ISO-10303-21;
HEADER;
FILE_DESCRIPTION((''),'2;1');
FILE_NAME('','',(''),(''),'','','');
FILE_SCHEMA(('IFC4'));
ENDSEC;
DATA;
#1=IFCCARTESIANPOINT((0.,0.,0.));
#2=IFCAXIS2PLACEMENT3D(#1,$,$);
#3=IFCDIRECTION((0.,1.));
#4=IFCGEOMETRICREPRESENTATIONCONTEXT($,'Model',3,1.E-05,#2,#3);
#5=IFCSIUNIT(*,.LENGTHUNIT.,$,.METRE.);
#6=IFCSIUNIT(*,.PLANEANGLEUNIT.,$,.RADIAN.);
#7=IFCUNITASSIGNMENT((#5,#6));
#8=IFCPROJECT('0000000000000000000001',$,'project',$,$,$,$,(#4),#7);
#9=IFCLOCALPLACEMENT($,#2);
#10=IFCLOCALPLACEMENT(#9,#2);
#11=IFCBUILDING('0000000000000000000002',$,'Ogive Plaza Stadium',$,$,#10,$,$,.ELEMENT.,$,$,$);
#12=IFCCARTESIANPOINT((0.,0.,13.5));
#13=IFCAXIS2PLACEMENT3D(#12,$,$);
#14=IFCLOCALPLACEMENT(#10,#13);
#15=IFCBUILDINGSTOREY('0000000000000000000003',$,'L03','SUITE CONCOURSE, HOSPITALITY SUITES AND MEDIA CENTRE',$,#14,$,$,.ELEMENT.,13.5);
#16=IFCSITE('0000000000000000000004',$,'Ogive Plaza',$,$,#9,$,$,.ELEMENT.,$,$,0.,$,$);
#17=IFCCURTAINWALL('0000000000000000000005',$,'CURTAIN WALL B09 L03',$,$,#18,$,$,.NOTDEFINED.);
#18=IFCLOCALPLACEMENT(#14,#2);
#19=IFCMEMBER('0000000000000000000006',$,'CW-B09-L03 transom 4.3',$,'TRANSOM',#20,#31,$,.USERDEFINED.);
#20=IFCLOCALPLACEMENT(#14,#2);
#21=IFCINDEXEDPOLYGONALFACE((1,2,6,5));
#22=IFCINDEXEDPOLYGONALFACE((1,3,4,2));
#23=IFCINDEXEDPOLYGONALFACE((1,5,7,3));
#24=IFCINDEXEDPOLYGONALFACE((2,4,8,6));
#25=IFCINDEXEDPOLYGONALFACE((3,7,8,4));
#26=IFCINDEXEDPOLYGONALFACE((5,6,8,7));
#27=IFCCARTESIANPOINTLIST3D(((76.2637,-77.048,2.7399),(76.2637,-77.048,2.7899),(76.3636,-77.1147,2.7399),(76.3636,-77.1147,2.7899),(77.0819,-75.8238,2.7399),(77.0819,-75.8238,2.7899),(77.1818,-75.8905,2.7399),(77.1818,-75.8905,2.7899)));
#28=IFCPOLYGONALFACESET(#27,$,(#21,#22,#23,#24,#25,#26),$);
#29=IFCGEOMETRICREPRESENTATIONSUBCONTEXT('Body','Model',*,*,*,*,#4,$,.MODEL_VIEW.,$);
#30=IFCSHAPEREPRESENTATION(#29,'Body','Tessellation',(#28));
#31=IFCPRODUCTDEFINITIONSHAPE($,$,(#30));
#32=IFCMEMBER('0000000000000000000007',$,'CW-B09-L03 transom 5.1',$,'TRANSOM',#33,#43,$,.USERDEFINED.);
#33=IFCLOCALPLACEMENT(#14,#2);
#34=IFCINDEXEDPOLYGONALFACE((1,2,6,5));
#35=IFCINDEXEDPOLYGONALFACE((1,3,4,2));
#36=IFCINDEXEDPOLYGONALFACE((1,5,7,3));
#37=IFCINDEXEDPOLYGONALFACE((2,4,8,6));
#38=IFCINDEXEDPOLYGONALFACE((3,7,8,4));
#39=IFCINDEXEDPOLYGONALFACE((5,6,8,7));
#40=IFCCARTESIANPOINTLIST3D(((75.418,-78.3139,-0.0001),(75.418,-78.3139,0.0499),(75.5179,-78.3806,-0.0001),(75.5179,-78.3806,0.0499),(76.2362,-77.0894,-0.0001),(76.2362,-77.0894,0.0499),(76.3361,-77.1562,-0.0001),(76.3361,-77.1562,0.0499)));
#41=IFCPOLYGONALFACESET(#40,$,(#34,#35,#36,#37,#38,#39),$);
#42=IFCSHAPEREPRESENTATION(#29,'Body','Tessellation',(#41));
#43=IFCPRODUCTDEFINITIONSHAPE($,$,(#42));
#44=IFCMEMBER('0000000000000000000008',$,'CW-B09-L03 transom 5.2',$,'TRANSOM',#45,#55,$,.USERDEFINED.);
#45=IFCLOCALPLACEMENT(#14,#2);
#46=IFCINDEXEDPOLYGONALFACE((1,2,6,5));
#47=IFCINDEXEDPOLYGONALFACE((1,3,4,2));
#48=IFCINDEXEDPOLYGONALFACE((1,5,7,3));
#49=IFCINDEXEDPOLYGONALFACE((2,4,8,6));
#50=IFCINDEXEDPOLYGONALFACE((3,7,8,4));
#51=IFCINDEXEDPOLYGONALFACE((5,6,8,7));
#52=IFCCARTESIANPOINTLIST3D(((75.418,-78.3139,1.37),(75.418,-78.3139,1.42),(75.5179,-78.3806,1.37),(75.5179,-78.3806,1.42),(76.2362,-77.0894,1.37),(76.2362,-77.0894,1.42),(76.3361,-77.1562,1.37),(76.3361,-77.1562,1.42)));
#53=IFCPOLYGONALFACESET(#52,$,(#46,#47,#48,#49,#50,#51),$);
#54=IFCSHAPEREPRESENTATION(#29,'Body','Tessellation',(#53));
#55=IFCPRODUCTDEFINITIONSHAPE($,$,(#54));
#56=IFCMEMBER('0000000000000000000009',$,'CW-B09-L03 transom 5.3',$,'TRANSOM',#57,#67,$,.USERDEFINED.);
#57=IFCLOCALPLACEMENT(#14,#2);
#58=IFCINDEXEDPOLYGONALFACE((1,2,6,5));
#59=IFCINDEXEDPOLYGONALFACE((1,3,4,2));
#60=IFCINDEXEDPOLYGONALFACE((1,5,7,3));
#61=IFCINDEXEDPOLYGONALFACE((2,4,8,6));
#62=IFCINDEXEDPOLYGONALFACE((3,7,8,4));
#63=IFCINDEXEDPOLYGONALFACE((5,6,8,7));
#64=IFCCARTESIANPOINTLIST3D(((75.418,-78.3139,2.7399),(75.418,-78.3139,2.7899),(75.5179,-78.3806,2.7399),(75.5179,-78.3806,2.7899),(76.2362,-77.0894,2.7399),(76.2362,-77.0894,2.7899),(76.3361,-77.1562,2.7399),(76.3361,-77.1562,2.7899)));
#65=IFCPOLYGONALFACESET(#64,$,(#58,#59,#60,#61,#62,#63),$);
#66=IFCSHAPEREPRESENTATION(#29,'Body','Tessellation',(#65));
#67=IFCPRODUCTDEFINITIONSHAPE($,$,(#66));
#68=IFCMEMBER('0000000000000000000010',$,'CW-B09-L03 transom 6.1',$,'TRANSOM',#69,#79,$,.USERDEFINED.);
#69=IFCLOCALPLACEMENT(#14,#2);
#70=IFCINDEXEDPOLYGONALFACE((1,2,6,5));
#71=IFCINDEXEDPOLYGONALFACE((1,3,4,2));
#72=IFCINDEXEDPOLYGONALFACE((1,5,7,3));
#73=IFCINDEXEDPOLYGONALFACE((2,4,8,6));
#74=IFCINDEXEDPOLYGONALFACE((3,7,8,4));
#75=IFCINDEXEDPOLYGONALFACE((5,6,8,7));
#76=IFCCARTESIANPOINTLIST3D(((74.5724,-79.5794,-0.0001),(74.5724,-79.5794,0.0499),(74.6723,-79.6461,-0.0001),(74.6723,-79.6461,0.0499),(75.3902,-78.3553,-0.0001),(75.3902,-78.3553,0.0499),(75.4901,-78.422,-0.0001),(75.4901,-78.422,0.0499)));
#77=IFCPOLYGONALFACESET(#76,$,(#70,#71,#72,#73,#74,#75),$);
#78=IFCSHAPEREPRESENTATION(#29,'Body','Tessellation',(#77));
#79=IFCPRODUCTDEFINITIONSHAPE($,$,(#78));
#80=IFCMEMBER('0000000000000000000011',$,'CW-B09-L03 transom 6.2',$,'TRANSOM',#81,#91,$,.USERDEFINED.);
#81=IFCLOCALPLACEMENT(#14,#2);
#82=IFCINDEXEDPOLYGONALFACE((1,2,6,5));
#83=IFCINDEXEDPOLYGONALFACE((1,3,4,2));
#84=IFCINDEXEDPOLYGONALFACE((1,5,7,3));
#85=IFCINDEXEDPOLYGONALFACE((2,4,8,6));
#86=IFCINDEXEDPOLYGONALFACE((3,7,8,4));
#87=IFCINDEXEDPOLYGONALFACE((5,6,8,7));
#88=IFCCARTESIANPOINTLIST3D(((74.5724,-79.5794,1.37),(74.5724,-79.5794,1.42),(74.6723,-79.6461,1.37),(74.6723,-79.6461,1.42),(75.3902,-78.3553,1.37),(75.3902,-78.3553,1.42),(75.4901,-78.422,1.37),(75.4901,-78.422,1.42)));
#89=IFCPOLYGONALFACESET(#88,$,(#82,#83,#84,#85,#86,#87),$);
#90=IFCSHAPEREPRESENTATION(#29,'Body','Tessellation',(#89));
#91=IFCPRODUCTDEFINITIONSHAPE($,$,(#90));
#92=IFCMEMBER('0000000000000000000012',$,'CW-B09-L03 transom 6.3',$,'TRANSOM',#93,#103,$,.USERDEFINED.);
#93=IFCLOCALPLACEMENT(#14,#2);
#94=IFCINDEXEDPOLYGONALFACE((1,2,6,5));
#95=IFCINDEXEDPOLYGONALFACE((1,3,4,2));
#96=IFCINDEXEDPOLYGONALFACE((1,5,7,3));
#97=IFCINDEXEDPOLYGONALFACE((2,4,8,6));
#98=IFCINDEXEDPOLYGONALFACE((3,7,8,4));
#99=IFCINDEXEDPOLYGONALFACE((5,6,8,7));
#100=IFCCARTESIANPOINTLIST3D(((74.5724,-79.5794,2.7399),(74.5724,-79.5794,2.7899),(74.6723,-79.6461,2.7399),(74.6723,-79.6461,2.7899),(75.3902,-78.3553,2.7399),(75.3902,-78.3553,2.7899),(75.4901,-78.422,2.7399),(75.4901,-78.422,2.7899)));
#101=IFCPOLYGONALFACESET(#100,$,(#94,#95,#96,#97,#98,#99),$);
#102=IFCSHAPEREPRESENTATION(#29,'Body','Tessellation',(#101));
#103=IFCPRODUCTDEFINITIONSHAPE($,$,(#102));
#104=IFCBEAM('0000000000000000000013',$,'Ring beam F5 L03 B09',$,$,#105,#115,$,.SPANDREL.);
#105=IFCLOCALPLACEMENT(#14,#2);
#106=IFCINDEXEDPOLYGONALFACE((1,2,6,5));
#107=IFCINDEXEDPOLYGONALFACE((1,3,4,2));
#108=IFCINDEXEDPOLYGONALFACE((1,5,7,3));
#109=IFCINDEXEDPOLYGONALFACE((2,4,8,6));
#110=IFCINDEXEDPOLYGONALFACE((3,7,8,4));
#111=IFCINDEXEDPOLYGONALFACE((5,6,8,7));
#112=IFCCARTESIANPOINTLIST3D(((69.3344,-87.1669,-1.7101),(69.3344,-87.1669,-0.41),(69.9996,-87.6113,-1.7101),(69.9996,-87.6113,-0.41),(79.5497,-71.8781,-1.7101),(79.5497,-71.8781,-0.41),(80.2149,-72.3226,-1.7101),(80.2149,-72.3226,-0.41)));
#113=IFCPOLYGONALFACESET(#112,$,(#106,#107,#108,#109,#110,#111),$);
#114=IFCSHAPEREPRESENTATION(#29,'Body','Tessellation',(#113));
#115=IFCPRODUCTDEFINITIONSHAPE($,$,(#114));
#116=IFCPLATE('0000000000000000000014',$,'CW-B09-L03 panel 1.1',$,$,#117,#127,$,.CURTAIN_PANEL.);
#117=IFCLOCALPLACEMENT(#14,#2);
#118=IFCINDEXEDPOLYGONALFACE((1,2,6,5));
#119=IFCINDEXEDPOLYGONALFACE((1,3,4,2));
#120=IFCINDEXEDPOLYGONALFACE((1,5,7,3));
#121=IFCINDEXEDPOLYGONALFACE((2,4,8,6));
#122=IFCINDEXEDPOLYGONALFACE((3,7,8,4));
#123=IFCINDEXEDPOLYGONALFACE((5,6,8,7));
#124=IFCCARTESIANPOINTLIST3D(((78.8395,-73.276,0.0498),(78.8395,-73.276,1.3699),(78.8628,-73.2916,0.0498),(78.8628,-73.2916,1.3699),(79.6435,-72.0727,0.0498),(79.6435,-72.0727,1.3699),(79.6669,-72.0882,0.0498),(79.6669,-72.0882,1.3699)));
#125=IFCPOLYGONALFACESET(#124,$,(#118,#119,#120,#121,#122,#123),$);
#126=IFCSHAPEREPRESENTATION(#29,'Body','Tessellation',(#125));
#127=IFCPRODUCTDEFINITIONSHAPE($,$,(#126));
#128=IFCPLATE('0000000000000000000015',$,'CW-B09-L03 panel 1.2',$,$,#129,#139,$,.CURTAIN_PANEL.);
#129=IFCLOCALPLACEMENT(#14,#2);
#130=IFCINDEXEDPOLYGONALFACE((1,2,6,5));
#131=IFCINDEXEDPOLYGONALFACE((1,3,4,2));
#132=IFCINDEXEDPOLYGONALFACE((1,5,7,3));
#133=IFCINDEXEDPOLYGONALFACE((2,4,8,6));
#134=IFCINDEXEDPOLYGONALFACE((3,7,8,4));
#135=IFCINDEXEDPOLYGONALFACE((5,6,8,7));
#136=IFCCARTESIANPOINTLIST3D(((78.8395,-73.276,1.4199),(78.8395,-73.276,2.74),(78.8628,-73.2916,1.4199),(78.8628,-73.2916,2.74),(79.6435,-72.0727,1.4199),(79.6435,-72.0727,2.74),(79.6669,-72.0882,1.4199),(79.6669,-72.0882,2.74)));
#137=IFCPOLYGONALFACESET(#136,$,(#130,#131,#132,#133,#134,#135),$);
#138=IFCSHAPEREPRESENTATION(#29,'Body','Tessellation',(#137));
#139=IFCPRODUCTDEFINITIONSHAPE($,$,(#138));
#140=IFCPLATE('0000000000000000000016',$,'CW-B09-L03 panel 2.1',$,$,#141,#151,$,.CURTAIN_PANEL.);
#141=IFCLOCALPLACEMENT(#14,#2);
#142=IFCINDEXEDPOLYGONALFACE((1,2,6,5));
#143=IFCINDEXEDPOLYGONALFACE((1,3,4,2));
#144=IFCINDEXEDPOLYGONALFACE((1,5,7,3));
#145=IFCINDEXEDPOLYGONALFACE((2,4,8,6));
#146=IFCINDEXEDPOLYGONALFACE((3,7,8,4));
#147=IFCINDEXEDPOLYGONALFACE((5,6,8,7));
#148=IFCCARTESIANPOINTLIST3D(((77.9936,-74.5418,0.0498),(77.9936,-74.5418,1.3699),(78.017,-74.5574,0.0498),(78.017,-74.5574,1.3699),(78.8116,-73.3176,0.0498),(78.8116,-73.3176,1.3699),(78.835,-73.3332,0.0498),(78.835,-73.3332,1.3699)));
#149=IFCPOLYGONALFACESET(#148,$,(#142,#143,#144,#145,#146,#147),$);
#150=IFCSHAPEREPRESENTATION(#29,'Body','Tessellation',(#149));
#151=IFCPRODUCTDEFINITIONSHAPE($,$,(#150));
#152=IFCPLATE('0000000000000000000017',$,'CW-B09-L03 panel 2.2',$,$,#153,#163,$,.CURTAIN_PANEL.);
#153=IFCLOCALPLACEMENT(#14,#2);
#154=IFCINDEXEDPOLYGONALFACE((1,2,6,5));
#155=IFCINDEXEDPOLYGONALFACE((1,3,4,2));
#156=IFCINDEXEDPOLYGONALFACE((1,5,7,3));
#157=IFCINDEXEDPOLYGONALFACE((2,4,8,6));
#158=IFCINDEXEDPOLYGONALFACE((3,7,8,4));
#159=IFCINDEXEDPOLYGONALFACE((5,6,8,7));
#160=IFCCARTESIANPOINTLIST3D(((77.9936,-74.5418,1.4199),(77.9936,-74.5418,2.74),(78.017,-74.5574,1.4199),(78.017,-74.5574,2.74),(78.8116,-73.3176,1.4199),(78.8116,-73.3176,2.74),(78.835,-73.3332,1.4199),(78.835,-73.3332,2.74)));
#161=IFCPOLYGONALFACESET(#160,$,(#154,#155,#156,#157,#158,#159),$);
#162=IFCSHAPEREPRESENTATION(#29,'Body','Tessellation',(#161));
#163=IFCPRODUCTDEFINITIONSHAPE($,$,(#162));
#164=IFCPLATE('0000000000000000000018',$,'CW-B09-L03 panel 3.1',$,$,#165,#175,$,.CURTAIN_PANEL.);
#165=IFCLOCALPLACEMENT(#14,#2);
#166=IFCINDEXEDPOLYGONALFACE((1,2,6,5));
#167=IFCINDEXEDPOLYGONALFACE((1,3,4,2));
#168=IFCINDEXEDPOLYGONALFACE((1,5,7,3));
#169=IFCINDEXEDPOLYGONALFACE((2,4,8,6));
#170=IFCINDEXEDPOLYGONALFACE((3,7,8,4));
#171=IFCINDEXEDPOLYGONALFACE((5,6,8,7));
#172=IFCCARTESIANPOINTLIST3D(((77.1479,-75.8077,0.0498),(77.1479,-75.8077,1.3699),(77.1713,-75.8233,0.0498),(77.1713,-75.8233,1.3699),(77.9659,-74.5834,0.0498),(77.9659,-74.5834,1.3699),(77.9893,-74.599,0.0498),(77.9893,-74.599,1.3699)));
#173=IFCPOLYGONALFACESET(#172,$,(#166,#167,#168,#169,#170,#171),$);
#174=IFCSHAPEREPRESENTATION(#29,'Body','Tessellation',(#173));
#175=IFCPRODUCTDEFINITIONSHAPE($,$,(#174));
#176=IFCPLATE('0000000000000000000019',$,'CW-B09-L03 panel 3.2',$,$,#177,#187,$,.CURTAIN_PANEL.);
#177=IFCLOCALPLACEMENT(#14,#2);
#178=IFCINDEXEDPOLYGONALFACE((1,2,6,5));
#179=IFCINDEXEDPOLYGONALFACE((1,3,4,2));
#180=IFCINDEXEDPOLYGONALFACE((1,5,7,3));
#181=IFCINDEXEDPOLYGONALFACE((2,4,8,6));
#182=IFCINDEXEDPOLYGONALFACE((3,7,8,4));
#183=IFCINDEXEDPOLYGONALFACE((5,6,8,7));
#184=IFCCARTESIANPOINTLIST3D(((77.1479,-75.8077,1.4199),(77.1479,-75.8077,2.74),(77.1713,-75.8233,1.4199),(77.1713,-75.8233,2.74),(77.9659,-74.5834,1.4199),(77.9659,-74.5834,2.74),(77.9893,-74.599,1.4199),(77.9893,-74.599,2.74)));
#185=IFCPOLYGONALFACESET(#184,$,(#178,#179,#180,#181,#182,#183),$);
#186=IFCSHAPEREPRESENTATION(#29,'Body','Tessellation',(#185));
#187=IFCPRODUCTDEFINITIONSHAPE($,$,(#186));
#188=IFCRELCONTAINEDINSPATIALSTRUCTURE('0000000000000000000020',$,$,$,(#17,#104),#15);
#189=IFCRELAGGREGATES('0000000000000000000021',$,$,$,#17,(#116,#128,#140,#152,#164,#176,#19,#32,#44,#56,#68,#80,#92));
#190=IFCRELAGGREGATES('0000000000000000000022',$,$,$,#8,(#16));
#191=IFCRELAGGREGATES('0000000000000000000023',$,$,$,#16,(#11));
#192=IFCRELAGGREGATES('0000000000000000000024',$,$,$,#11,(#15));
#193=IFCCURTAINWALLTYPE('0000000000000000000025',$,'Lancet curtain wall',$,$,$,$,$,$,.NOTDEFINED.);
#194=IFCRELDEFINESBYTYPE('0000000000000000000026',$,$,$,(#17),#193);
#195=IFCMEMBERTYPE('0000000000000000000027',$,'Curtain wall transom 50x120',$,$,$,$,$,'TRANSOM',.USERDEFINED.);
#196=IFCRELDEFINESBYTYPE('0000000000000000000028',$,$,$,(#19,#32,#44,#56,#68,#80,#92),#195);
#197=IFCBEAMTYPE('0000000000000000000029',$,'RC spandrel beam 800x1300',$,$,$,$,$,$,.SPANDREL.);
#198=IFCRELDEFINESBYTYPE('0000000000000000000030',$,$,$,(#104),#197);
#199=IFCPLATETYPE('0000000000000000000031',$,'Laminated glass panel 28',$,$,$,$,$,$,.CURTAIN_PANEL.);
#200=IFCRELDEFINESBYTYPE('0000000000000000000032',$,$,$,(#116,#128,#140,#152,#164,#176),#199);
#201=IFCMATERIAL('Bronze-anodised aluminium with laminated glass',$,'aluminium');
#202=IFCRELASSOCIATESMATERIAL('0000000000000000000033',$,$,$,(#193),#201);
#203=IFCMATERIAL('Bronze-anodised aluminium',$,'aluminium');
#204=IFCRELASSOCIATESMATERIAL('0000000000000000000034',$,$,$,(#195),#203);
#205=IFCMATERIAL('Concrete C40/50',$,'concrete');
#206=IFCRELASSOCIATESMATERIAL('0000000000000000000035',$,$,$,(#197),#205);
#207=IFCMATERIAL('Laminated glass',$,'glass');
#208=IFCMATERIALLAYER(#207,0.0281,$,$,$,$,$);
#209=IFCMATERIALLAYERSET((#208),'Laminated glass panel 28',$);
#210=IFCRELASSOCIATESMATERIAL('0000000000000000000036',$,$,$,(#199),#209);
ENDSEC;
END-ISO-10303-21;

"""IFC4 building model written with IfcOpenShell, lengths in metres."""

from ifc_helpers import new_model, si_unit, direction, frame, origin, origin_2d, place, context, subcontext, project, spatial, rectangle, extrude, material, layer, layer_set, material_profile, profile_set, type_object, element, aggregate, save


model = new_model("IFC4")

# Units and contexts
model_context = context("Model", 3, precision=1e-05, world=origin(), true_north=direction((0.0, 1.0)))
body_context = subcontext(model_context, "Body", "Model", "MODEL_VIEW")
ifc_project = project(units=[si_unit("LENGTHUNIT", "METRE"), si_unit("PLANEANGLEUNIT", "RADIAN")], contexts=[model_context])

# Site, building, storey
site_placement = place(None, origin())
site = spatial("IfcSite", under=ifc_project, at=site_placement, Name="Ogive Plaza", CompositionType="ELEMENT", RefElevation=0.0)
building_placement = place(site_placement, origin())
building = spatial("IfcBuilding", under=site, at=building_placement, Name="Ogive Plaza Stadium", CompositionType="ELEMENT")
storey_placement = place(building_placement, frame((0.0, 0.0, 13.5)))
storey = spatial("IfcBuildingStorey", under=building, at=storey_placement, Name="L03", Description="SUITE CONCOURSE, HOSPITALITY SUITES AND MEDIA CENTRE", CompositionType="ELEMENT", Elevation=13.5)

# Curtain wall, members
ifc_material_1 = material(Name="Bronze-anodised aluminium with laminated glass", Category="aluminium")
curtain_wall_type = type_object("IfcCurtainWallType", Name="Lancet curtain wall", PredefinedType="NOTDEFINED", material=ifc_material_1)
curtain_wall_placement = place(storey_placement, origin())
curtain_wall = element("IfcCurtainWall", 1, at=curtain_wall_placement, inside=storey, type_object=curtain_wall_type, Name="CURTAIN WALL B09 L03", PredefinedType="NOTDEFINED")
ifc_material_2 = material(Name="Bronze-anodised aluminium", Category="aluminium")
ifc_material_profile_1 = material_profile(ifc_material_2, rectangle(XDim=0.1201, YDim=0.05, at=origin_2d()), Name="AL 120x50")
ifc_profile_set_1 = profile_set([ifc_material_profile_1], Name="Bronze-anodised aluminium")
member_type_1 = type_object("IfcMemberType", Name="Curtain wall transom 50x120", ElementType="TRANSOM", PredefinedType="USERDEFINED", material=ifc_profile_set_1)
member_1_placement = place(storey_placement, frame((77.1318, -75.8572, 2.7649), z_axis=(-0.555656, -0.831412, 0.0), x_axis=(0.831412, -0.555656, 0.0)))
member_1 = element("IfcMember", 2, at=member_1_placement, type_object=member_type_1, Name="CW-B09-L03 transom 4.3", ObjectType="TRANSOM", PredefinedType="USERDEFINED", context=body_context, shape_type="SweptSolid", body=[
    extrude(rectangle(XDim=0.1201, YDim=0.05, at=origin_2d()), origin(), (0.0, 0.0, 1.0), 1.4724),
])
member_2_placement = place(storey_placement, frame((76.2861, -77.1228, 0.0249), z_axis=(-0.55558, -0.831463, 0.0), x_axis=(0.831463, -0.55558, 0.0)))
member_2 = element("IfcMember", 3, at=member_2_placement, type_object=member_type_1, Name="CW-B09-L03 transom 5.1", ObjectType="TRANSOM", PredefinedType="USERDEFINED", context=body_context, shape_type="SweptSolid", body=[
    extrude(rectangle(XDim=0.1201, YDim=0.05, at=origin_2d()), origin(), (0.0, 0.0, 1.0), 1.4727),
])
member_3_placement = place(storey_placement, frame((76.2861, -77.1228, 1.395), z_axis=(-0.55558, -0.831463, 0.0), x_axis=(0.831463, -0.55558, 0.0)))
member_3 = element("IfcMember", 4, at=member_3_placement, type_object=member_type_1, Name="CW-B09-L03 transom 5.2", ObjectType="TRANSOM", PredefinedType="USERDEFINED", context=body_context, shape_type="SweptSolid", body=[
    extrude(rectangle(XDim=0.1201, YDim=0.05, at=origin_2d()), origin(), (0.0, 0.0, 1.0), 1.4727),
])
member_4_placement = place(storey_placement, frame((76.2861, -77.1228, 2.7649), z_axis=(-0.55558, -0.831463, 0.0), x_axis=(0.831463, -0.55558, 0.0)))
member_4 = element("IfcMember", 5, at=member_4_placement, type_object=member_type_1, Name="CW-B09-L03 transom 5.3", ObjectType="TRANSOM", PredefinedType="USERDEFINED", context=body_context, shape_type="SweptSolid", body=[
    extrude(rectangle(XDim=0.1201, YDim=0.05, at=origin_2d()), origin(), (0.0, 0.0, 1.0), 1.4727),
])
member_5_placement = place(storey_placement, frame((75.4402, -78.3887, 0.0249), z_axis=(-0.555542, -0.831489, 0.0), x_axis=(0.831489, -0.555542, 0.0)))
member_5 = element("IfcMember", 6, at=member_5_placement, type_object=member_type_1, Name="CW-B09-L03 transom 6.1", ObjectType="TRANSOM", PredefinedType="USERDEFINED", context=body_context, shape_type="SweptSolid", body=[
    extrude(rectangle(XDim=0.1201, YDim=0.05, at=origin_2d()), origin(), (0.0, 0.0, 1.0), 1.4722),
])
member_6_placement = place(storey_placement, frame((75.4402, -78.3887, 1.395), z_axis=(-0.555542, -0.831489, 0.0), x_axis=(0.831489, -0.555542, 0.0)))
member_6 = element("IfcMember", 7, at=member_6_placement, type_object=member_type_1, Name="CW-B09-L03 transom 6.2", ObjectType="TRANSOM", PredefinedType="USERDEFINED", context=body_context, shape_type="SweptSolid", body=[
    extrude(rectangle(XDim=0.1201, YDim=0.05, at=origin_2d()), origin(), (0.0, 0.0, 1.0), 1.4722),
])
member_7_placement = place(storey_placement, frame((75.4402, -78.3887, 2.7649), z_axis=(-0.555542, -0.831489, 0.0), x_axis=(0.831489, -0.555542, 0.0)))
member_7 = element("IfcMember", 8, at=member_7_placement, type_object=member_type_1, Name="CW-B09-L03 transom 6.3", ObjectType="TRANSOM", PredefinedType="USERDEFINED", context=body_context, shape_type="SweptSolid", body=[
    extrude(rectangle(XDim=0.1201, YDim=0.05, at=origin_2d()), origin(), (0.0, 0.0, 1.0), 1.4722),
])

# Beam
ifc_material_3 = material(Name="Concrete C40/50", Category="concrete")
ifc_material_profile_2 = material_profile(ifc_material_3, rectangle(XDim=0.8, YDim=1.3, at=origin_2d()), Name="RC 800x1300")
ifc_profile_set_2 = profile_set([ifc_material_profile_2], Name="Concrete C40/50")
beam_type = type_object("IfcBeamType", Name="RC spandrel beam 800x1300", PredefinedType="SPANDREL", material=ifc_profile_set_2)
beam_placement = place(storey_placement, frame((79.8823, -72.1003, -1.0601), z_axis=(-0.555558, -0.831478, 0.0), x_axis=(0.831478, -0.555558, 0.0)))
element("IfcBeam", 9, at=beam_placement, inside=storey, type_object=beam_type, Name="Ring beam F5 L03 B09", PredefinedType="SPANDREL", context=body_context, shape_type="SweptSolid", body=[
    extrude(rectangle(XDim=0.8, YDim=1.3, at=origin_2d()), origin(), (0.0, 0.0, 1.0), 18.3875),
])

# Plates
ifc_material_4 = material(Name="Laminated glass", Category="glass")
ifc_layer = layer(ifc_material_4, 0.0281)
ifc_layer_set = layer_set([ifc_layer], Name="Laminated glass panel 28")
plate_type = type_object("IfcPlateType", Name="Laminated glass panel 28", PredefinedType="CURTAIN_PANEL", material=ifc_layer_set)
plate_1_placement = place(storey_placement, frame((79.2532, -72.6821, 0.0498), z_axis=(0.0, 0.0, 1.0), x_axis=(-0.55557, -0.83147, 0.0)))
plate_1 = element("IfcPlate", 10, at=plate_1_placement, type_object=plate_type, Name="CW-B09-L03 panel 1.1", PredefinedType="CURTAIN_PANEL", context=body_context, shape_type="SweptSolid", body=[
    extrude(rectangle(XDim=1.4473, YDim=0.0281, at=origin_2d()), origin(), (0.0, 0.0, 1.0), 1.3201),
])
plate_2_placement = place(storey_placement, frame((79.2532, -72.6821, 1.4199), z_axis=(0.0, 0.0, 1.0), x_axis=(-0.55557, -0.83147, 0.0)))
plate_2 = element("IfcPlate", 11, at=plate_2_placement, type_object=plate_type, Name="CW-B09-L03 panel 1.2", PredefinedType="CURTAIN_PANEL", context=body_context, shape_type="SweptSolid", body=[
    extrude(rectangle(XDim=1.4473, YDim=0.0281, at=origin_2d()), origin(), (0.0, 0.0, 1.0), 1.3201),
])
plate_3_placement = place(storey_placement, frame((78.4143, -73.9375, 0.0498), z_axis=(0.0, 0.0, 1.0), x_axis=(-0.55557, -0.83147, 0.0)))
plate_3 = element("IfcPlate", 12, at=plate_3_placement, type_object=plate_type, Name="CW-B09-L03 panel 2.1", PredefinedType="CURTAIN_PANEL", context=body_context, shape_type="SweptSolid", body=[
    extrude(rectangle(XDim=1.4724, YDim=0.0281, at=origin_2d()), origin(), (0.0, 0.0, 1.0), 1.3201),
])
plate_4_placement = place(storey_placement, frame((78.4143, -73.9375, 1.4199), z_axis=(0.0, 0.0, 1.0), x_axis=(-0.55557, -0.83147, 0.0)))
plate_4 = element("IfcPlate", 13, at=plate_4_placement, type_object=plate_type, Name="CW-B09-L03 panel 2.2", PredefinedType="CURTAIN_PANEL", context=body_context, shape_type="SweptSolid", body=[
    extrude(rectangle(XDim=1.4724, YDim=0.0281, at=origin_2d()), origin(), (0.0, 0.0, 1.0), 1.3201),
])
plate_5_placement = place(storey_placement, frame((77.5686, -75.2034, 0.0498), z_axis=(0.0, 0.0, 1.0), x_axis=(-0.55557, -0.83147, 0.0)))
plate_5 = element("IfcPlate", 14, at=plate_5_placement, type_object=plate_type, Name="CW-B09-L03 panel 3.1", PredefinedType="CURTAIN_PANEL", context=body_context, shape_type="SweptSolid", body=[
    extrude(rectangle(XDim=1.4724, YDim=0.0281, at=origin_2d()), origin(), (0.0, 0.0, 1.0), 1.3201),
])
plate_6_placement = place(storey_placement, frame((77.5686, -75.2034, 1.4199), z_axis=(0.0, 0.0, 1.0), x_axis=(-0.55557, -0.83147, 0.0)))
plate_6 = element("IfcPlate", 15, at=plate_6_placement, type_object=plate_type, Name="CW-B09-L03 panel 3.2", PredefinedType="CURTAIN_PANEL", context=body_context, shape_type="SweptSolid", body=[
    extrude(rectangle(XDim=1.4724, YDim=0.0281, at=origin_2d()), origin(), (0.0, 0.0, 1.0), 1.3201),
])
aggregate(curtain_wall, [plate_1, plate_2, plate_3, plate_4, plate_5, plate_6, member_1, member_2, member_3, member_4, member_5, member_6, member_7])

save(model, "model.ifc")
